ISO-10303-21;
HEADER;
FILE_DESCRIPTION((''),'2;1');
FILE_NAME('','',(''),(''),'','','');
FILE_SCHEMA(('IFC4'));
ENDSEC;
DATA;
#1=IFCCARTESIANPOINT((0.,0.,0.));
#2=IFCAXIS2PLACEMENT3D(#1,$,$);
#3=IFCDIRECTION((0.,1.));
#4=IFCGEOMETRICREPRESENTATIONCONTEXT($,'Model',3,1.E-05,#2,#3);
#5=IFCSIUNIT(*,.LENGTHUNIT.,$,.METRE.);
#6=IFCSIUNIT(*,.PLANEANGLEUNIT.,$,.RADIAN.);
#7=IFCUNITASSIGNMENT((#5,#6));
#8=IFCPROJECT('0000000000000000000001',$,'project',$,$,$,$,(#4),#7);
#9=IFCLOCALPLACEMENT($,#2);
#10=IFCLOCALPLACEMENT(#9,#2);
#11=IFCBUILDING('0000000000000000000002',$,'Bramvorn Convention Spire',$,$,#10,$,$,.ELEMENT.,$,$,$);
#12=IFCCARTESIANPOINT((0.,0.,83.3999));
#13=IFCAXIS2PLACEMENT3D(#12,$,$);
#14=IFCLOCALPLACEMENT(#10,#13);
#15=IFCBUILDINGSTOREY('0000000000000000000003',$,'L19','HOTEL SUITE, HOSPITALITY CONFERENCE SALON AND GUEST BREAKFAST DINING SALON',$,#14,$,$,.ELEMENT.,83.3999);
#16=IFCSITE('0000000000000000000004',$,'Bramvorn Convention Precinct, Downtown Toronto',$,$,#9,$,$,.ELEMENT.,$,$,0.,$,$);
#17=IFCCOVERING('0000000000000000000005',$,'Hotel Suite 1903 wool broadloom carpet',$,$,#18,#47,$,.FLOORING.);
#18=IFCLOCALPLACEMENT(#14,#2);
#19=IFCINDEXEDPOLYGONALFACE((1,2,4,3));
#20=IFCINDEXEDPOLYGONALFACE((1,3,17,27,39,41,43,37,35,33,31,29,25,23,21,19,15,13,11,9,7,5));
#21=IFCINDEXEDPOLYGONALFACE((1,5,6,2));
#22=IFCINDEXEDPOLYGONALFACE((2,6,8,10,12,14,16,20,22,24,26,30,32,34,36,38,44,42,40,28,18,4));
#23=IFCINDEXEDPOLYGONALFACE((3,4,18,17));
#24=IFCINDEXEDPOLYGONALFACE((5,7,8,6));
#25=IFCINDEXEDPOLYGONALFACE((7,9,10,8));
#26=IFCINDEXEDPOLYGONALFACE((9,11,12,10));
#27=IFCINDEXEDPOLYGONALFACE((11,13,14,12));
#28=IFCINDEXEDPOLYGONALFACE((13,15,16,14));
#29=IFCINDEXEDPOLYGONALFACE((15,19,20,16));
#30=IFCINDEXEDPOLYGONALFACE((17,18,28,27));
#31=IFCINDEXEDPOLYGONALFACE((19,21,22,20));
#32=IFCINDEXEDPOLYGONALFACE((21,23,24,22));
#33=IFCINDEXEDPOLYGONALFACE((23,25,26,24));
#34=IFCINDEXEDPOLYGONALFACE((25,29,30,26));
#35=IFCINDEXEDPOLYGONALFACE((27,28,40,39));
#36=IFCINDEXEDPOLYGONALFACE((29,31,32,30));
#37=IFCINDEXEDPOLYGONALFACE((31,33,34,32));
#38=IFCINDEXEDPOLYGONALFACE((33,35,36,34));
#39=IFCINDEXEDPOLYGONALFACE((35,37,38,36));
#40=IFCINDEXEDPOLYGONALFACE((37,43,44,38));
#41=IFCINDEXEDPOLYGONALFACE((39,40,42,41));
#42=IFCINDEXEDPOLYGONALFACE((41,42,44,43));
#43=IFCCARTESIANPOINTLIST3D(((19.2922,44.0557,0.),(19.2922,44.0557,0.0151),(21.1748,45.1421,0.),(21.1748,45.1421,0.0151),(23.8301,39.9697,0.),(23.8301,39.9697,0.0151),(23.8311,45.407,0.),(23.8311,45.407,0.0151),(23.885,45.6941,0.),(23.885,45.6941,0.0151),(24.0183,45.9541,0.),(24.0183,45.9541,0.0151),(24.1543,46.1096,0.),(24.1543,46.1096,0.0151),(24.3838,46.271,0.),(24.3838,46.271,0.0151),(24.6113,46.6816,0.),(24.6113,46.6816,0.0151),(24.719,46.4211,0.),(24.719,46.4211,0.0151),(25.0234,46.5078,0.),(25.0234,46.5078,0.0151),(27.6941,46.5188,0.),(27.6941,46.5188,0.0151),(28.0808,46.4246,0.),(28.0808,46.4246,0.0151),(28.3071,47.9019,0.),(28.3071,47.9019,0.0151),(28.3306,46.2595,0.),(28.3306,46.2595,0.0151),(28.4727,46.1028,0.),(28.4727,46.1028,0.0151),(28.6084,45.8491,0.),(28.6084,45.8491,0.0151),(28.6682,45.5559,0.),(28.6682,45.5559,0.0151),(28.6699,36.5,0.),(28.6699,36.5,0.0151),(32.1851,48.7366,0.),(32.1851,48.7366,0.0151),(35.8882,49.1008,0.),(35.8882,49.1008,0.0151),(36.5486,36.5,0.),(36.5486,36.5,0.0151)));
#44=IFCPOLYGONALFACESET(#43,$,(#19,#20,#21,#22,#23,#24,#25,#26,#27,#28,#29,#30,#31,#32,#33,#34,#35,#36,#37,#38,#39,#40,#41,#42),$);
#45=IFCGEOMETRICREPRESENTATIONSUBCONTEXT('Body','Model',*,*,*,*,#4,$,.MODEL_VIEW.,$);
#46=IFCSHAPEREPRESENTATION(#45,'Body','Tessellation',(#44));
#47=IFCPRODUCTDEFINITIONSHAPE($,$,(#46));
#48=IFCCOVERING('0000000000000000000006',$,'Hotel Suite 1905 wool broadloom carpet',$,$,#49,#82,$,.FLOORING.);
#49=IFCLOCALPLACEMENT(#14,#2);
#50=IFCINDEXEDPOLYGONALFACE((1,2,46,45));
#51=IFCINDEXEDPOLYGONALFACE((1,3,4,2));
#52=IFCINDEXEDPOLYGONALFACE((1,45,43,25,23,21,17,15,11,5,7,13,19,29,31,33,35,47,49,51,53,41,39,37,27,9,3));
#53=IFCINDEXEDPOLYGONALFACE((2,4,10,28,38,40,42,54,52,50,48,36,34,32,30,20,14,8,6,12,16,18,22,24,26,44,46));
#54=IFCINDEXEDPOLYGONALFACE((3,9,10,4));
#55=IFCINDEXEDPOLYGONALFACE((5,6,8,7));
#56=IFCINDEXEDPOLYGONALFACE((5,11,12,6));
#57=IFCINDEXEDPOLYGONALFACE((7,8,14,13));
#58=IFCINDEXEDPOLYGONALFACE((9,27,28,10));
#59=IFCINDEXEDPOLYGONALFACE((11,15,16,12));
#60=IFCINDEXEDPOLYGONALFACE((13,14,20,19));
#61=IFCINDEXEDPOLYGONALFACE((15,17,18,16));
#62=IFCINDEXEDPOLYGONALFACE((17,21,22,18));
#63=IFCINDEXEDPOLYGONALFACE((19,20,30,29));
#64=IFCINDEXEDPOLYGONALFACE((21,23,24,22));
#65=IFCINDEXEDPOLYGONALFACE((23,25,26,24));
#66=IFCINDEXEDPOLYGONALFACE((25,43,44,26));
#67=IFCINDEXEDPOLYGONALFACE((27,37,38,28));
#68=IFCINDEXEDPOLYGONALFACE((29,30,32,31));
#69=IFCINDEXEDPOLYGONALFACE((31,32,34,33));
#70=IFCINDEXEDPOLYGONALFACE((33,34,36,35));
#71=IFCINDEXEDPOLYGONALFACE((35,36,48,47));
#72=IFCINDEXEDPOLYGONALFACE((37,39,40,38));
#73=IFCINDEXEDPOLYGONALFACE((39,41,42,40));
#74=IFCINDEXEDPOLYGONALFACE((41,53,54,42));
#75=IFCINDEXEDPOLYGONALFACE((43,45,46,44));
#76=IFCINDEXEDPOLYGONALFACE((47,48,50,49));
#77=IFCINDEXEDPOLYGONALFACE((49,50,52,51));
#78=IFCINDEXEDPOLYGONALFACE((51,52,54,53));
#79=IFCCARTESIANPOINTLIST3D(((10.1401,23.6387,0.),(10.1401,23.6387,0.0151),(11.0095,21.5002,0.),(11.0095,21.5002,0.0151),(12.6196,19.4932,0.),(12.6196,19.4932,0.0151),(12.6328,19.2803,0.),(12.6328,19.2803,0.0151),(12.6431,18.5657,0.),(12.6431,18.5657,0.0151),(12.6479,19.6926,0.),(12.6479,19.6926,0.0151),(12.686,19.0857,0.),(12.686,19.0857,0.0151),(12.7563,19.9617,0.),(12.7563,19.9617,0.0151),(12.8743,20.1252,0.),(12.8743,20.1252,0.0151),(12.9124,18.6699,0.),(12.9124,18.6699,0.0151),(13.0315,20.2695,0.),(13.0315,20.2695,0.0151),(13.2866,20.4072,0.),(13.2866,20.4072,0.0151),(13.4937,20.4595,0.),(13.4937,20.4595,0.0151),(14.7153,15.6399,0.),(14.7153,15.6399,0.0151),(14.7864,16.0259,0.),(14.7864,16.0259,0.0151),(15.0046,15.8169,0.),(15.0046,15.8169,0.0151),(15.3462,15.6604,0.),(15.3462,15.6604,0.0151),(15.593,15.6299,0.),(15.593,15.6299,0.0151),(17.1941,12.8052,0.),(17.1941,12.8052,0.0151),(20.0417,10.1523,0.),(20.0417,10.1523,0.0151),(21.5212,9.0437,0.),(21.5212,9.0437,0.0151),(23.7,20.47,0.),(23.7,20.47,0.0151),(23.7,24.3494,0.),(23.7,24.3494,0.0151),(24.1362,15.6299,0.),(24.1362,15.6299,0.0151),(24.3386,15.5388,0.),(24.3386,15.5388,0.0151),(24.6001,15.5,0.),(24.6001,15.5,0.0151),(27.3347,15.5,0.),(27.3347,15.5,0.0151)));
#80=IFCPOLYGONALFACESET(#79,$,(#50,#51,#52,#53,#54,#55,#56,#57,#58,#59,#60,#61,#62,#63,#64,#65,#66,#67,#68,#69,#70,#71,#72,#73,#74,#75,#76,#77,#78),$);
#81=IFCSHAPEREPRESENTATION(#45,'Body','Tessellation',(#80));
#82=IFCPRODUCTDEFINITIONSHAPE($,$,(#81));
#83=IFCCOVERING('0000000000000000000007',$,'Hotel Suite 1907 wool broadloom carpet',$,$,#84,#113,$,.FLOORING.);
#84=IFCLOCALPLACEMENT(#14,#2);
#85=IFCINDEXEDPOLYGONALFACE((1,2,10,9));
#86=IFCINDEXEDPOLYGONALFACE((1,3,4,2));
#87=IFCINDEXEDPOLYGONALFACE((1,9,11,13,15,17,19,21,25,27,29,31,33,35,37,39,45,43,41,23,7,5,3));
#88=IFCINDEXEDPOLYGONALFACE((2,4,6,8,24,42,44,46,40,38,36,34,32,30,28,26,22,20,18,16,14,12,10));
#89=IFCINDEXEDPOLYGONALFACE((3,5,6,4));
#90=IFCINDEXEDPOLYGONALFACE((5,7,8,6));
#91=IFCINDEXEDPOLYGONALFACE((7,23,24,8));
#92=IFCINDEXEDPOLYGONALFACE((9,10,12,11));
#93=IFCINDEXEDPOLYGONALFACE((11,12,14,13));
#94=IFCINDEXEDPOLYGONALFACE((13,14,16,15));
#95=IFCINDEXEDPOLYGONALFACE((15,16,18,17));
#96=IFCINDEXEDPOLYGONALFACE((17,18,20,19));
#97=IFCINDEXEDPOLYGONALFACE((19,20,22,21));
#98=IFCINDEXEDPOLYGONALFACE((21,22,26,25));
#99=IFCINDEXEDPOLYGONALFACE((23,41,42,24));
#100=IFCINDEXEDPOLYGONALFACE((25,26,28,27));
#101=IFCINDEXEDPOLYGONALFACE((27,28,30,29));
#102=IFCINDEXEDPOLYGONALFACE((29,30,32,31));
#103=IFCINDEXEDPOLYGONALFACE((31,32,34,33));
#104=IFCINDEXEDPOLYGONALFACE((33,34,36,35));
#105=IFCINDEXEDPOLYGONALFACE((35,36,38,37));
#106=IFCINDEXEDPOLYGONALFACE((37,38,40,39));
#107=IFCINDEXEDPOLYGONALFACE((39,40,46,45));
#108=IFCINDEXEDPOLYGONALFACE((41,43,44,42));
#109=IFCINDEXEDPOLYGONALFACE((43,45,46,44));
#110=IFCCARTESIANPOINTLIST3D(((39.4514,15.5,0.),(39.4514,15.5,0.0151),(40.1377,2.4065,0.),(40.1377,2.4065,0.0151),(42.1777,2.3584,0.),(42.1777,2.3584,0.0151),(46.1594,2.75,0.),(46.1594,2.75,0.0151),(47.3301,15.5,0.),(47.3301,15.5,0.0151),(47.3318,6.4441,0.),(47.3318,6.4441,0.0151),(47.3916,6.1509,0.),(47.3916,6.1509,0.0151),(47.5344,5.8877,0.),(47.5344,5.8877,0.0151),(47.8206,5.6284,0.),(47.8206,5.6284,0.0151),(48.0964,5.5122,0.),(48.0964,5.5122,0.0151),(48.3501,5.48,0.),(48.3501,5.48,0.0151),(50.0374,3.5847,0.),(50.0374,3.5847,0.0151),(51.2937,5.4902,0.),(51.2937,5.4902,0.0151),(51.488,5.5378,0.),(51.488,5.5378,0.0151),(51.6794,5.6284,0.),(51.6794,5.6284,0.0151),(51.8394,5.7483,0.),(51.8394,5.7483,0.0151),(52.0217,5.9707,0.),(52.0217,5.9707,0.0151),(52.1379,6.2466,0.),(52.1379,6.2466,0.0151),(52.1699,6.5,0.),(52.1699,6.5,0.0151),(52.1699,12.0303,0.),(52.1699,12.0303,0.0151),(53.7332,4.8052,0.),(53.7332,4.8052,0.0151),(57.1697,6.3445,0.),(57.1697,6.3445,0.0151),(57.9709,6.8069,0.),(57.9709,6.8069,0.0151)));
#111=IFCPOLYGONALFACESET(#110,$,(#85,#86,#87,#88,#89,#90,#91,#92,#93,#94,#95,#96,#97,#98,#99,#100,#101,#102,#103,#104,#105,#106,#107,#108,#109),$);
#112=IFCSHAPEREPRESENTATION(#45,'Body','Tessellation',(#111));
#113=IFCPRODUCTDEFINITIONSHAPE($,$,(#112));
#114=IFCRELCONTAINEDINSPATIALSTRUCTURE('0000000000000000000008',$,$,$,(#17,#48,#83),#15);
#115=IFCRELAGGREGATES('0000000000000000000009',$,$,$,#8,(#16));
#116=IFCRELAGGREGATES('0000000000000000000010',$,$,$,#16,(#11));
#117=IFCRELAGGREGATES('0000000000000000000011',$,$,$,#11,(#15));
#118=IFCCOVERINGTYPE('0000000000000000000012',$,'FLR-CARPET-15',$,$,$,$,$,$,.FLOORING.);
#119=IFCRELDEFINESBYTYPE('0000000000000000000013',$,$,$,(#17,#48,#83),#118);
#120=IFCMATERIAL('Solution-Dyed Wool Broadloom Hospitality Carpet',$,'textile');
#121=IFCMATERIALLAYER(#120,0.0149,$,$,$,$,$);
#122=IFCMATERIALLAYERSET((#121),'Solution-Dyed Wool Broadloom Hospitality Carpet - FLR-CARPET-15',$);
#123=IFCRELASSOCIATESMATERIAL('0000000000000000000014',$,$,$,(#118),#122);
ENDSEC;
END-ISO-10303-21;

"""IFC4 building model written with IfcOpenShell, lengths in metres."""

from ifc_helpers import new_model, si_unit, direction, frame, origin, place, context, subcontext, project, spatial, polyline, outline, extrude, material, layer, layer_set, type_object, element, save


model = new_model("IFC4")

# Units and contexts
model_context = context("Model", 3, precision=1e-05, world=origin(), true_north=direction((0.0, 1.0)))
body_context = subcontext(model_context, "Body", "Model", "MODEL_VIEW")
ifc_project = project(units=[si_unit("LENGTHUNIT", "METRE"), si_unit("PLANEANGLEUNIT", "RADIAN")], contexts=[model_context])

# Site, building, storey
site_placement = place(None, origin())
site = spatial("IfcSite", under=ifc_project, at=site_placement, Name="Bramvorn Convention Precinct, Downtown Toronto", CompositionType="ELEMENT", RefElevation=0.0)
building_placement = place(site_placement, origin())
building = spatial("IfcBuilding", under=site, at=building_placement, Name="Bramvorn Convention Spire", CompositionType="ELEMENT")
storey_placement = place(building_placement, frame((0.0, 0.0, 83.3999)))
storey = spatial("IfcBuildingStorey", under=building, at=storey_placement, Name="L19", Description="HOTEL SUITE, HOSPITALITY CONFERENCE SALON AND GUEST BREAKFAST DINING SALON", CompositionType="ELEMENT", Elevation=83.3999)

# Coverings
ifc_material_1 = material(Name="Solution-Dyed Wool Broadloom Hospitality Carpet", Category="textile")
ifc_layer_1 = layer(ifc_material_1, 0.0149)
ifc_layer_set_1 = layer_set([ifc_layer_1], Name="Solution-Dyed Wool Broadloom Hospitality Carpet - FLR-CARPET-15")
covering_type = type_object("IfcCoveringType", Name="FLR-CARPET-15", PredefinedType="FLOORING", material=ifc_layer_set_1)
covering_1_placement = place(storey_placement, origin())
element("IfcCovering", 1, at=covering_1_placement, inside=storey, type_object=covering_type, Name="Hotel Suite 1903 wool broadloom carpet", PredefinedType="FLOORING", context=body_context, shape_type="SweptSolid", body=[
    extrude(outline(polyline([(21.1748, 45.1421), (19.2922, 44.0557), (23.8301, 39.9697), (23.8311, 45.407), (23.885, 45.6941), (24.0183, 45.9541), (24.1543, 46.1096), (24.3838, 46.271), (24.719, 46.4211), (25.0234, 46.5078), (27.6941, 46.5188), (28.0808, 46.4246), (28.3306, 46.2595), (28.4727, 46.1028), (28.6084, 45.8491), (28.6682, 45.5559), (28.6699, 36.5), (36.5486, 36.5), (35.8882, 49.1008), (32.1851, 48.7366), (28.3071, 47.9019), (24.6113, 46.6816), (21.1748, 45.1421)])), origin(), (0.0, 0.0, 1.0), 0.0151),
])
covering_2_placement = place(storey_placement, origin())
element("IfcCovering", 2, at=covering_2_placement, inside=storey, type_object=covering_type, Name="Hotel Suite 1905 wool broadloom carpet", PredefinedType="FLOORING", context=body_context, shape_type="SweptSolid", body=[
    extrude(outline(polyline([(11.0095, 21.5002), (12.6431, 18.5657), (14.7153, 15.6399), (17.1941, 12.8052), (20.0417, 10.1523), (21.5212, 9.0437), (27.3347, 15.5), (24.6001, 15.5), (24.3386, 15.5388), (24.1362, 15.6299), (15.593, 15.6299), (15.3462, 15.6604), (15.0046, 15.8169), (14.7864, 16.0259), (12.9124, 18.6699), (12.686, 19.0857), (12.6328, 19.2803), (12.6196, 19.4932), (12.6479, 19.6926), (12.7563, 19.9617), (12.8743, 20.1252), (13.0315, 20.2695), (13.2866, 20.4072), (13.4937, 20.4595), (23.7, 20.47), (23.7, 24.3494), (10.1401, 23.6387), (11.0095, 21.5002)])), origin(), (0.0, 0.0, 1.0), 0.0151),
])
covering_3_placement = place(storey_placement, origin())
element("IfcCovering", 3, at=covering_3_placement, inside=storey, type_object=covering_type, Name="Hotel Suite 1907 wool broadloom carpet", PredefinedType="FLOORING", context=body_context, shape_type="SweptSolid", body=[
    extrude(outline(polyline([(57.1697, 6.3445), (57.9709, 6.8069), (52.1699, 12.0303), (52.1699, 6.5), (52.1379, 6.2466), (52.0217, 5.9707), (51.8394, 5.7483), (51.6794, 5.6284), (51.488, 5.5378), (51.2937, 5.4902), (48.3501, 5.48), (48.0964, 5.5122), (47.8206, 5.6284), (47.5344, 5.8877), (47.3916, 6.1509), (47.3318, 6.4441), (47.3301, 15.5), (39.4514, 15.5), (40.1377, 2.4065), (42.1777, 2.3584), (46.1594, 2.75), (50.0374, 3.5847), (53.7332, 4.8052), (57.1697, 6.3445)])), origin(), (0.0, 0.0, 1.0), 0.0151),
])

save(model, "model.ifc")
